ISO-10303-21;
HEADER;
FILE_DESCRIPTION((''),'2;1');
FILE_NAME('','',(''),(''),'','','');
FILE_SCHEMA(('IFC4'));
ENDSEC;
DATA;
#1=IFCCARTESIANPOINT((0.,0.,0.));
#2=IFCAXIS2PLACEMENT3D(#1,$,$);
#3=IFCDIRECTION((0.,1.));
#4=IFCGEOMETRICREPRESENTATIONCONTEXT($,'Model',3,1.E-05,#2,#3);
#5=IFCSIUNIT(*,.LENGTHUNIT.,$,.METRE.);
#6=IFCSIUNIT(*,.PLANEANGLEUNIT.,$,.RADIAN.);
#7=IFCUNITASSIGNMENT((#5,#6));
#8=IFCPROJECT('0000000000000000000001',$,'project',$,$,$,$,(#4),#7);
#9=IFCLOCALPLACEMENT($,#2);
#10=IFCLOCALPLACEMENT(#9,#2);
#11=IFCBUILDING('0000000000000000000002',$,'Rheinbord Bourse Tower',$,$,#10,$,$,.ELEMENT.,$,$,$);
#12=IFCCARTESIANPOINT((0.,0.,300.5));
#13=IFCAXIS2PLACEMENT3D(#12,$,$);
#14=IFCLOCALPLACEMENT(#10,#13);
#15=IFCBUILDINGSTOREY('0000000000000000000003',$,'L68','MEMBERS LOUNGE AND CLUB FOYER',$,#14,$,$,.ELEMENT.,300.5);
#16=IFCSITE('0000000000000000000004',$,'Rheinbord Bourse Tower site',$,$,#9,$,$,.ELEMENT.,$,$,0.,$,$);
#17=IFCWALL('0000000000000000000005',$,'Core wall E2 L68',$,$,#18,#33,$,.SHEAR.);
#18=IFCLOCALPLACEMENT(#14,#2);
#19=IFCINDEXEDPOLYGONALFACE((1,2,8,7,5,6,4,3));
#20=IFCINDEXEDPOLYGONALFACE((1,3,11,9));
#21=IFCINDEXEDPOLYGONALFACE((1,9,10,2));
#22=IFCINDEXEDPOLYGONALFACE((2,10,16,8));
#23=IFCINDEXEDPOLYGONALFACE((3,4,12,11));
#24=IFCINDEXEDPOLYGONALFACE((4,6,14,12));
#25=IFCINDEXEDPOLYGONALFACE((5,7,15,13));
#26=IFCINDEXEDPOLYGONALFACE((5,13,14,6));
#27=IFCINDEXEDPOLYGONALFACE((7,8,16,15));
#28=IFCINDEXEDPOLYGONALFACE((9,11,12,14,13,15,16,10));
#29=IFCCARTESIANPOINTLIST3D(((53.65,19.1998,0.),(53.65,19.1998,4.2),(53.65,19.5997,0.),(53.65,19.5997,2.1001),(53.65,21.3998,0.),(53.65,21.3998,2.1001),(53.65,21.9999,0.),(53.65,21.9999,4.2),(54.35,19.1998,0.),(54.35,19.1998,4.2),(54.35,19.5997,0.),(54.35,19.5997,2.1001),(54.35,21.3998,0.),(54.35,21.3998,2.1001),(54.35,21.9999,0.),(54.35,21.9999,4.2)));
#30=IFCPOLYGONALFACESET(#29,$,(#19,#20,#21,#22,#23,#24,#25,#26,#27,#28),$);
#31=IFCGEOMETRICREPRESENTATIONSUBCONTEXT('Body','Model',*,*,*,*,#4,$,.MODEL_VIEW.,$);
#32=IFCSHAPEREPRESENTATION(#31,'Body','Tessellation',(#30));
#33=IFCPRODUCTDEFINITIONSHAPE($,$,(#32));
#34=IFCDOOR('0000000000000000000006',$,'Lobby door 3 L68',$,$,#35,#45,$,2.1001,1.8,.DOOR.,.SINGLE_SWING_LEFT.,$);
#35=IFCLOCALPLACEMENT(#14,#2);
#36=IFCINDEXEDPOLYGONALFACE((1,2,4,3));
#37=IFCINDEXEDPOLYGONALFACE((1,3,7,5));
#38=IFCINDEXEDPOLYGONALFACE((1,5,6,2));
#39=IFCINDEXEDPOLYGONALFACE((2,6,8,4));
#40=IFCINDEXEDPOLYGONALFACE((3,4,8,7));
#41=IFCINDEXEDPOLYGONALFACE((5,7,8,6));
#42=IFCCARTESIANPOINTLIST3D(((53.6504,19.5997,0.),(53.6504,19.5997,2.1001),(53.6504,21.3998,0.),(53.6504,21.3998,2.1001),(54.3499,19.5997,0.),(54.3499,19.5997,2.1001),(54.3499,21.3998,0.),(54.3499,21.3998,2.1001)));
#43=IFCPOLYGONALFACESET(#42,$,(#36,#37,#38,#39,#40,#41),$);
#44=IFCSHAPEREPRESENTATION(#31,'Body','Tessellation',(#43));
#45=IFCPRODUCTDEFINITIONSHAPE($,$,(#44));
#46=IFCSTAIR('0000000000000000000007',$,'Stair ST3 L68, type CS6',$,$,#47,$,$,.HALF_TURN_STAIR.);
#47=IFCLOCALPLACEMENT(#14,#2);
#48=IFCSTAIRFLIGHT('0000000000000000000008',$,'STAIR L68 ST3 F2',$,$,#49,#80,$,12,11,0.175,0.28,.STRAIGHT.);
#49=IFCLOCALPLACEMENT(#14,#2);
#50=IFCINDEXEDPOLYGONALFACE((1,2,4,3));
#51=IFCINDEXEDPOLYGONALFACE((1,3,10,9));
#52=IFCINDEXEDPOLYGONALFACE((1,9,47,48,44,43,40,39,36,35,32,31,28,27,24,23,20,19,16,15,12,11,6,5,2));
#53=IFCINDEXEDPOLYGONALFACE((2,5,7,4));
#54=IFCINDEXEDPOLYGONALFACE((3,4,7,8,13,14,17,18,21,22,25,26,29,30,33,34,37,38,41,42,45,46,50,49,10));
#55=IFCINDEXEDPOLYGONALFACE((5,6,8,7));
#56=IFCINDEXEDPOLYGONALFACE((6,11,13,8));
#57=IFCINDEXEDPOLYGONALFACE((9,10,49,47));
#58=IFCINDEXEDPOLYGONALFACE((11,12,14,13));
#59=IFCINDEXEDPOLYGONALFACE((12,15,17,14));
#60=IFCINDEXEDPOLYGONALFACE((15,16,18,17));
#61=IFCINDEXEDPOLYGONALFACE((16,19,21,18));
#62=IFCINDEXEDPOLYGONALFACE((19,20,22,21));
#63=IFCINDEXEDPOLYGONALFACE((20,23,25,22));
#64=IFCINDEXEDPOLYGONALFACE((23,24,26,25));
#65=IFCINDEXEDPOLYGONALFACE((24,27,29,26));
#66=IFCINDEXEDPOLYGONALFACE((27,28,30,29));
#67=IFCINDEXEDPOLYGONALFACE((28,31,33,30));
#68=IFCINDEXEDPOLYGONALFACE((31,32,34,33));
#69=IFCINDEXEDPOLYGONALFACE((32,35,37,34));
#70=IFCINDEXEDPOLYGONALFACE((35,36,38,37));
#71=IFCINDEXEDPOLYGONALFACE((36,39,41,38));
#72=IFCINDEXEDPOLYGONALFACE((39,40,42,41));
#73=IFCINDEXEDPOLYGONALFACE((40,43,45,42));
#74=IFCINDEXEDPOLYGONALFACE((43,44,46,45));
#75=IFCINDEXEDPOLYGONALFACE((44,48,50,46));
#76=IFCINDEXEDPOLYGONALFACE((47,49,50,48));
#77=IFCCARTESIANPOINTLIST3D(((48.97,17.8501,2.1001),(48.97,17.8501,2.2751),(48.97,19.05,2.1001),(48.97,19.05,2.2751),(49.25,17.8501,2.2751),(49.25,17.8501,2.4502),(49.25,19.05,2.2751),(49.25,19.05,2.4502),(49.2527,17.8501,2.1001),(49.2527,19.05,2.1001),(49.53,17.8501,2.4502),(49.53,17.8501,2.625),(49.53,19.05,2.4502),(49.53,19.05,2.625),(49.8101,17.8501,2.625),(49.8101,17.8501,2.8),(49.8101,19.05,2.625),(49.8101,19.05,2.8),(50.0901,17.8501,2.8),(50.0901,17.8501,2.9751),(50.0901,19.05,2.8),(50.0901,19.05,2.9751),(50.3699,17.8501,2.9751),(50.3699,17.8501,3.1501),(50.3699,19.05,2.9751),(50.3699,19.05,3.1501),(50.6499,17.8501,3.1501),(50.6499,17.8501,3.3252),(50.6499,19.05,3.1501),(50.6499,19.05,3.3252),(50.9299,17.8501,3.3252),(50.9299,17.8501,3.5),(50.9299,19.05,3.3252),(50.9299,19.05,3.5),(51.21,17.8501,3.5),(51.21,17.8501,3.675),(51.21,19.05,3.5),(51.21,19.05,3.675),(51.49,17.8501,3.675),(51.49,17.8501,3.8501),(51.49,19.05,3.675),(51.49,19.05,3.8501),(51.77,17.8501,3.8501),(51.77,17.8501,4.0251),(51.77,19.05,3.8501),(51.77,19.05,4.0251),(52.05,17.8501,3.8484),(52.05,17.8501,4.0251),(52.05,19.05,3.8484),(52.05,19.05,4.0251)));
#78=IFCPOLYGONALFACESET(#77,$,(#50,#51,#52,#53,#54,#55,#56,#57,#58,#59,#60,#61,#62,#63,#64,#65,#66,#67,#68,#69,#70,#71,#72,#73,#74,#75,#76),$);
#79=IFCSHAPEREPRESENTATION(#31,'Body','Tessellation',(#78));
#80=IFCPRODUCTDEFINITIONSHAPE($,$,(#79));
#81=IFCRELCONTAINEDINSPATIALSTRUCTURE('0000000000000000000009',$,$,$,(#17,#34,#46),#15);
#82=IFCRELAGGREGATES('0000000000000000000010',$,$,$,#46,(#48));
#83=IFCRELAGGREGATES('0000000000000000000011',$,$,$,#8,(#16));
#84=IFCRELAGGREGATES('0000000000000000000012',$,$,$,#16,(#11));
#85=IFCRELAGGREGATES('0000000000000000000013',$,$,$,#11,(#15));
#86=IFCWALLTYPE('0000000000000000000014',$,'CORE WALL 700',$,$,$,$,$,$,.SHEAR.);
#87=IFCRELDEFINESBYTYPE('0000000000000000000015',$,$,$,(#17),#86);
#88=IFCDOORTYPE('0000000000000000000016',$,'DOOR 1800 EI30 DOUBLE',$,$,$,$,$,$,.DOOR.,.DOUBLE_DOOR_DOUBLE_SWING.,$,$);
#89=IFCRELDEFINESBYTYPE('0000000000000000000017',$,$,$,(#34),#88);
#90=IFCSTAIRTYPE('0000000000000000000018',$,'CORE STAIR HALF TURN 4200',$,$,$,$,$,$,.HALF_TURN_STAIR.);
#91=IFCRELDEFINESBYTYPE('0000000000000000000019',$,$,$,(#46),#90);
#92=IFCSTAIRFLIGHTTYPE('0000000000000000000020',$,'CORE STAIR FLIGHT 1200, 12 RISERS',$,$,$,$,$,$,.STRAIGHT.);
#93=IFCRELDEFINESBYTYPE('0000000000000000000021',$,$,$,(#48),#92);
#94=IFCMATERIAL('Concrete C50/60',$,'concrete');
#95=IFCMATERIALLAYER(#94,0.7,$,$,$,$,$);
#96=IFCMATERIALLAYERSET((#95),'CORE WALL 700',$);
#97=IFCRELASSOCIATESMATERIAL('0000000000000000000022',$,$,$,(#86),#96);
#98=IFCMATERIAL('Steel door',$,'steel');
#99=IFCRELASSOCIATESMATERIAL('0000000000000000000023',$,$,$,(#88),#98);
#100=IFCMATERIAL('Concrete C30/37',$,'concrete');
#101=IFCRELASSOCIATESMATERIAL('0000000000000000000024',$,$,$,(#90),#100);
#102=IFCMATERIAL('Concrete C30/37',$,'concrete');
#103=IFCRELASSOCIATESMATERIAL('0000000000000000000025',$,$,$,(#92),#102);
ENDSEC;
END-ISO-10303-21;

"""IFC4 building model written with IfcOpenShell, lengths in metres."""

from ifc_helpers import new_model, si_unit, direction, frame, frame_2d, origin, place, context, subcontext, project, spatial, polyline, rectangle, outline, extrude, material, layer, layer_set, type_object, element, fill, aggregate, save


model = new_model("IFC4")

# Units and contexts
model_context = context("Model", 3, precision=1e-05, world=origin(), true_north=direction((0.0, 1.0)))
body_context = subcontext(model_context, "Body", "Model", "MODEL_VIEW")
ifc_project = project(units=[si_unit("LENGTHUNIT", "METRE"), si_unit("PLANEANGLEUNIT", "RADIAN")], contexts=[model_context])

# Site, building, storey
site_placement = place(None, origin())
site = spatial("IfcSite", under=ifc_project, at=site_placement, Name="Rheinbord Bourse Tower site", CompositionType="ELEMENT", RefElevation=0.0)
building_placement = place(site_placement, origin())
building = spatial("IfcBuilding", under=site, at=building_placement, Name="Rheinbord Bourse Tower", CompositionType="ELEMENT")
storey_placement = place(building_placement, frame((0.0, 0.0, 300.5)))
storey = spatial("IfcBuildingStorey", under=building, at=storey_placement, Name="L68", Description="MEMBERS LOUNGE AND CLUB FOYER", CompositionType="ELEMENT", Elevation=300.5)

# Wall, opening, door
ifc_material_1 = material(Name="Concrete C50/60", Category="concrete")
ifc_layer_1 = layer(ifc_material_1, 0.7)
ifc_layer_set_1 = layer_set([ifc_layer_1], Name="CORE WALL 700")
wall_type_1 = type_object("IfcWallType", Name="CORE WALL 700", PredefinedType="SHEAR", material=ifc_layer_set_1)
wall_1_placement = place(storey_placement, frame((54.0, 19.2, 0.0), z_axis=(0.0, 0.0, 1.0), x_axis=(0.0, 1.0, 0.0)))
wall_1 = element("IfcWall", 1, at=wall_1_placement, inside=storey, type_object=wall_type_1, Name="Core wall E2 L68", PredefinedType="SHEAR", context=body_context, shape_type="SweptSolid", body=[
    extrude(rectangle(XDim=2.8, YDim=0.7, at=frame_2d((1.3999, 0.0))), origin(), (0.0, 0.0, 1.0), 4.2),
])
opening_1_placement = place(wall_1_placement, frame((0.3999, 0.0, 0.0)))
opening_1 = element("IfcOpeningElement", 2, at=opening_1_placement, cuts=wall_1, PredefinedType="OPENING", context=body_context, shape_type="SweptSolid", body=[
    extrude(rectangle(XDim=1.8, YDim=2.1001, at=frame_2d((0.8999, 1.05))), frame((0.0, 0.3599, 0.0), z_axis=(0.0, -1.0, 0.0), x_axis=(1.0, 0.0, 0.0)), (0.0, 0.0, 1.0), 0.72),
])
ifc_material_2 = material(Name="Steel door", Category="steel")
door_type_1 = type_object("IfcDoorType", Name="DOOR 1800 EI30 DOUBLE", OperationType="DOUBLE_DOOR_DOUBLE_SWING", PredefinedType="DOOR", material=ifc_material_2)
door_1_placement = place(opening_1_placement, origin())
door_1 = element("IfcDoor", 3, at=door_1_placement, inside=storey, type_object=door_type_1, Name="Lobby door 3 L68", OperationType="SINGLE_SWING_LEFT", OverallHeight=2.1001, OverallWidth=1.8, PredefinedType="DOOR", context=body_context, shape_type="SweptSolid", body=[
    extrude(rectangle(XDim=1.8, YDim=2.1001, at=frame_2d((0.8999, 1.05))), frame((0.0, 0.3496, 0.0), z_axis=(0.0, -1.0, 0.0), x_axis=(1.0, 0.0, 0.0)), (0.0, 0.0, 1.0), 0.6995),
])
fill(opening_1, door_1)

# Stair, stair flight
ifc_material_3 = material(Name="Concrete C30/37", Category="concrete")
stair_type = type_object("IfcStairType", Name="CORE STAIR HALF TURN 4200", PredefinedType="HALF_TURN_STAIR", material=ifc_material_3)
stair_placement = place(storey_placement, origin())
stair = element("IfcStair", 4, at=stair_placement, inside=storey, type_object=stair_type, Name="Stair ST3 L68, type CS6", PredefinedType="HALF_TURN_STAIR")
ifc_material_4 = material(Name="Concrete C30/37", Category="concrete")
stair_flight_type = type_object("IfcStairFlightType", Name="CORE STAIR FLIGHT 1200, 12 RISERS", PredefinedType="STRAIGHT", material=ifc_material_4)
stair_flight_placement = place(storey_placement, frame((48.97, 18.45, 2.1001), z_axis=(0.0, 0.0, 1.0), x_axis=(1.0, 0.0, 0.0)))
stair_flight = element("IfcStairFlight", 5, at=stair_flight_placement, type_object=stair_flight_type, Name="STAIR L68 ST3 F2", NumberOfRisers=12, NumberOfTreads=11, PredefinedType="STRAIGHT", RiserHeight=0.175, TreadLength=0.28, context=body_context, shape_type="SweptSolid", body=[
    extrude(outline(polyline([(0.0, 0.0), (0.0, 0.175), (0.28, 0.175), (0.28, 0.3501), (0.5601, 0.3501), (0.5601, 0.5249), (0.8401, 0.5249), (0.8401, 0.7), (1.1201, 0.7), (1.1201, 0.875), (1.3999, 0.875), (1.3999, 1.05), (1.6799, 1.05), (1.6799, 1.2251), (1.96, 1.2251), (1.96, 1.3999), (2.24, 1.3999), (2.24, 1.575), (2.52, 1.575), (2.52, 1.75), (2.8, 1.75), (2.8, 1.925), (3.0801, 1.925), (3.0801, 2.1001), (3.0801, 1.7483), (0.2827, 0.0), (0.0, 0.0)])), frame((0.0, 0.6001, 0.0), z_axis=(0.0, -1.0, 0.0), x_axis=(1.0, 0.0, 0.0)), (0.0, 0.0, 1.0), 1.2),
])
aggregate(stair, [stair_flight])

save(model, "model.ifc")
